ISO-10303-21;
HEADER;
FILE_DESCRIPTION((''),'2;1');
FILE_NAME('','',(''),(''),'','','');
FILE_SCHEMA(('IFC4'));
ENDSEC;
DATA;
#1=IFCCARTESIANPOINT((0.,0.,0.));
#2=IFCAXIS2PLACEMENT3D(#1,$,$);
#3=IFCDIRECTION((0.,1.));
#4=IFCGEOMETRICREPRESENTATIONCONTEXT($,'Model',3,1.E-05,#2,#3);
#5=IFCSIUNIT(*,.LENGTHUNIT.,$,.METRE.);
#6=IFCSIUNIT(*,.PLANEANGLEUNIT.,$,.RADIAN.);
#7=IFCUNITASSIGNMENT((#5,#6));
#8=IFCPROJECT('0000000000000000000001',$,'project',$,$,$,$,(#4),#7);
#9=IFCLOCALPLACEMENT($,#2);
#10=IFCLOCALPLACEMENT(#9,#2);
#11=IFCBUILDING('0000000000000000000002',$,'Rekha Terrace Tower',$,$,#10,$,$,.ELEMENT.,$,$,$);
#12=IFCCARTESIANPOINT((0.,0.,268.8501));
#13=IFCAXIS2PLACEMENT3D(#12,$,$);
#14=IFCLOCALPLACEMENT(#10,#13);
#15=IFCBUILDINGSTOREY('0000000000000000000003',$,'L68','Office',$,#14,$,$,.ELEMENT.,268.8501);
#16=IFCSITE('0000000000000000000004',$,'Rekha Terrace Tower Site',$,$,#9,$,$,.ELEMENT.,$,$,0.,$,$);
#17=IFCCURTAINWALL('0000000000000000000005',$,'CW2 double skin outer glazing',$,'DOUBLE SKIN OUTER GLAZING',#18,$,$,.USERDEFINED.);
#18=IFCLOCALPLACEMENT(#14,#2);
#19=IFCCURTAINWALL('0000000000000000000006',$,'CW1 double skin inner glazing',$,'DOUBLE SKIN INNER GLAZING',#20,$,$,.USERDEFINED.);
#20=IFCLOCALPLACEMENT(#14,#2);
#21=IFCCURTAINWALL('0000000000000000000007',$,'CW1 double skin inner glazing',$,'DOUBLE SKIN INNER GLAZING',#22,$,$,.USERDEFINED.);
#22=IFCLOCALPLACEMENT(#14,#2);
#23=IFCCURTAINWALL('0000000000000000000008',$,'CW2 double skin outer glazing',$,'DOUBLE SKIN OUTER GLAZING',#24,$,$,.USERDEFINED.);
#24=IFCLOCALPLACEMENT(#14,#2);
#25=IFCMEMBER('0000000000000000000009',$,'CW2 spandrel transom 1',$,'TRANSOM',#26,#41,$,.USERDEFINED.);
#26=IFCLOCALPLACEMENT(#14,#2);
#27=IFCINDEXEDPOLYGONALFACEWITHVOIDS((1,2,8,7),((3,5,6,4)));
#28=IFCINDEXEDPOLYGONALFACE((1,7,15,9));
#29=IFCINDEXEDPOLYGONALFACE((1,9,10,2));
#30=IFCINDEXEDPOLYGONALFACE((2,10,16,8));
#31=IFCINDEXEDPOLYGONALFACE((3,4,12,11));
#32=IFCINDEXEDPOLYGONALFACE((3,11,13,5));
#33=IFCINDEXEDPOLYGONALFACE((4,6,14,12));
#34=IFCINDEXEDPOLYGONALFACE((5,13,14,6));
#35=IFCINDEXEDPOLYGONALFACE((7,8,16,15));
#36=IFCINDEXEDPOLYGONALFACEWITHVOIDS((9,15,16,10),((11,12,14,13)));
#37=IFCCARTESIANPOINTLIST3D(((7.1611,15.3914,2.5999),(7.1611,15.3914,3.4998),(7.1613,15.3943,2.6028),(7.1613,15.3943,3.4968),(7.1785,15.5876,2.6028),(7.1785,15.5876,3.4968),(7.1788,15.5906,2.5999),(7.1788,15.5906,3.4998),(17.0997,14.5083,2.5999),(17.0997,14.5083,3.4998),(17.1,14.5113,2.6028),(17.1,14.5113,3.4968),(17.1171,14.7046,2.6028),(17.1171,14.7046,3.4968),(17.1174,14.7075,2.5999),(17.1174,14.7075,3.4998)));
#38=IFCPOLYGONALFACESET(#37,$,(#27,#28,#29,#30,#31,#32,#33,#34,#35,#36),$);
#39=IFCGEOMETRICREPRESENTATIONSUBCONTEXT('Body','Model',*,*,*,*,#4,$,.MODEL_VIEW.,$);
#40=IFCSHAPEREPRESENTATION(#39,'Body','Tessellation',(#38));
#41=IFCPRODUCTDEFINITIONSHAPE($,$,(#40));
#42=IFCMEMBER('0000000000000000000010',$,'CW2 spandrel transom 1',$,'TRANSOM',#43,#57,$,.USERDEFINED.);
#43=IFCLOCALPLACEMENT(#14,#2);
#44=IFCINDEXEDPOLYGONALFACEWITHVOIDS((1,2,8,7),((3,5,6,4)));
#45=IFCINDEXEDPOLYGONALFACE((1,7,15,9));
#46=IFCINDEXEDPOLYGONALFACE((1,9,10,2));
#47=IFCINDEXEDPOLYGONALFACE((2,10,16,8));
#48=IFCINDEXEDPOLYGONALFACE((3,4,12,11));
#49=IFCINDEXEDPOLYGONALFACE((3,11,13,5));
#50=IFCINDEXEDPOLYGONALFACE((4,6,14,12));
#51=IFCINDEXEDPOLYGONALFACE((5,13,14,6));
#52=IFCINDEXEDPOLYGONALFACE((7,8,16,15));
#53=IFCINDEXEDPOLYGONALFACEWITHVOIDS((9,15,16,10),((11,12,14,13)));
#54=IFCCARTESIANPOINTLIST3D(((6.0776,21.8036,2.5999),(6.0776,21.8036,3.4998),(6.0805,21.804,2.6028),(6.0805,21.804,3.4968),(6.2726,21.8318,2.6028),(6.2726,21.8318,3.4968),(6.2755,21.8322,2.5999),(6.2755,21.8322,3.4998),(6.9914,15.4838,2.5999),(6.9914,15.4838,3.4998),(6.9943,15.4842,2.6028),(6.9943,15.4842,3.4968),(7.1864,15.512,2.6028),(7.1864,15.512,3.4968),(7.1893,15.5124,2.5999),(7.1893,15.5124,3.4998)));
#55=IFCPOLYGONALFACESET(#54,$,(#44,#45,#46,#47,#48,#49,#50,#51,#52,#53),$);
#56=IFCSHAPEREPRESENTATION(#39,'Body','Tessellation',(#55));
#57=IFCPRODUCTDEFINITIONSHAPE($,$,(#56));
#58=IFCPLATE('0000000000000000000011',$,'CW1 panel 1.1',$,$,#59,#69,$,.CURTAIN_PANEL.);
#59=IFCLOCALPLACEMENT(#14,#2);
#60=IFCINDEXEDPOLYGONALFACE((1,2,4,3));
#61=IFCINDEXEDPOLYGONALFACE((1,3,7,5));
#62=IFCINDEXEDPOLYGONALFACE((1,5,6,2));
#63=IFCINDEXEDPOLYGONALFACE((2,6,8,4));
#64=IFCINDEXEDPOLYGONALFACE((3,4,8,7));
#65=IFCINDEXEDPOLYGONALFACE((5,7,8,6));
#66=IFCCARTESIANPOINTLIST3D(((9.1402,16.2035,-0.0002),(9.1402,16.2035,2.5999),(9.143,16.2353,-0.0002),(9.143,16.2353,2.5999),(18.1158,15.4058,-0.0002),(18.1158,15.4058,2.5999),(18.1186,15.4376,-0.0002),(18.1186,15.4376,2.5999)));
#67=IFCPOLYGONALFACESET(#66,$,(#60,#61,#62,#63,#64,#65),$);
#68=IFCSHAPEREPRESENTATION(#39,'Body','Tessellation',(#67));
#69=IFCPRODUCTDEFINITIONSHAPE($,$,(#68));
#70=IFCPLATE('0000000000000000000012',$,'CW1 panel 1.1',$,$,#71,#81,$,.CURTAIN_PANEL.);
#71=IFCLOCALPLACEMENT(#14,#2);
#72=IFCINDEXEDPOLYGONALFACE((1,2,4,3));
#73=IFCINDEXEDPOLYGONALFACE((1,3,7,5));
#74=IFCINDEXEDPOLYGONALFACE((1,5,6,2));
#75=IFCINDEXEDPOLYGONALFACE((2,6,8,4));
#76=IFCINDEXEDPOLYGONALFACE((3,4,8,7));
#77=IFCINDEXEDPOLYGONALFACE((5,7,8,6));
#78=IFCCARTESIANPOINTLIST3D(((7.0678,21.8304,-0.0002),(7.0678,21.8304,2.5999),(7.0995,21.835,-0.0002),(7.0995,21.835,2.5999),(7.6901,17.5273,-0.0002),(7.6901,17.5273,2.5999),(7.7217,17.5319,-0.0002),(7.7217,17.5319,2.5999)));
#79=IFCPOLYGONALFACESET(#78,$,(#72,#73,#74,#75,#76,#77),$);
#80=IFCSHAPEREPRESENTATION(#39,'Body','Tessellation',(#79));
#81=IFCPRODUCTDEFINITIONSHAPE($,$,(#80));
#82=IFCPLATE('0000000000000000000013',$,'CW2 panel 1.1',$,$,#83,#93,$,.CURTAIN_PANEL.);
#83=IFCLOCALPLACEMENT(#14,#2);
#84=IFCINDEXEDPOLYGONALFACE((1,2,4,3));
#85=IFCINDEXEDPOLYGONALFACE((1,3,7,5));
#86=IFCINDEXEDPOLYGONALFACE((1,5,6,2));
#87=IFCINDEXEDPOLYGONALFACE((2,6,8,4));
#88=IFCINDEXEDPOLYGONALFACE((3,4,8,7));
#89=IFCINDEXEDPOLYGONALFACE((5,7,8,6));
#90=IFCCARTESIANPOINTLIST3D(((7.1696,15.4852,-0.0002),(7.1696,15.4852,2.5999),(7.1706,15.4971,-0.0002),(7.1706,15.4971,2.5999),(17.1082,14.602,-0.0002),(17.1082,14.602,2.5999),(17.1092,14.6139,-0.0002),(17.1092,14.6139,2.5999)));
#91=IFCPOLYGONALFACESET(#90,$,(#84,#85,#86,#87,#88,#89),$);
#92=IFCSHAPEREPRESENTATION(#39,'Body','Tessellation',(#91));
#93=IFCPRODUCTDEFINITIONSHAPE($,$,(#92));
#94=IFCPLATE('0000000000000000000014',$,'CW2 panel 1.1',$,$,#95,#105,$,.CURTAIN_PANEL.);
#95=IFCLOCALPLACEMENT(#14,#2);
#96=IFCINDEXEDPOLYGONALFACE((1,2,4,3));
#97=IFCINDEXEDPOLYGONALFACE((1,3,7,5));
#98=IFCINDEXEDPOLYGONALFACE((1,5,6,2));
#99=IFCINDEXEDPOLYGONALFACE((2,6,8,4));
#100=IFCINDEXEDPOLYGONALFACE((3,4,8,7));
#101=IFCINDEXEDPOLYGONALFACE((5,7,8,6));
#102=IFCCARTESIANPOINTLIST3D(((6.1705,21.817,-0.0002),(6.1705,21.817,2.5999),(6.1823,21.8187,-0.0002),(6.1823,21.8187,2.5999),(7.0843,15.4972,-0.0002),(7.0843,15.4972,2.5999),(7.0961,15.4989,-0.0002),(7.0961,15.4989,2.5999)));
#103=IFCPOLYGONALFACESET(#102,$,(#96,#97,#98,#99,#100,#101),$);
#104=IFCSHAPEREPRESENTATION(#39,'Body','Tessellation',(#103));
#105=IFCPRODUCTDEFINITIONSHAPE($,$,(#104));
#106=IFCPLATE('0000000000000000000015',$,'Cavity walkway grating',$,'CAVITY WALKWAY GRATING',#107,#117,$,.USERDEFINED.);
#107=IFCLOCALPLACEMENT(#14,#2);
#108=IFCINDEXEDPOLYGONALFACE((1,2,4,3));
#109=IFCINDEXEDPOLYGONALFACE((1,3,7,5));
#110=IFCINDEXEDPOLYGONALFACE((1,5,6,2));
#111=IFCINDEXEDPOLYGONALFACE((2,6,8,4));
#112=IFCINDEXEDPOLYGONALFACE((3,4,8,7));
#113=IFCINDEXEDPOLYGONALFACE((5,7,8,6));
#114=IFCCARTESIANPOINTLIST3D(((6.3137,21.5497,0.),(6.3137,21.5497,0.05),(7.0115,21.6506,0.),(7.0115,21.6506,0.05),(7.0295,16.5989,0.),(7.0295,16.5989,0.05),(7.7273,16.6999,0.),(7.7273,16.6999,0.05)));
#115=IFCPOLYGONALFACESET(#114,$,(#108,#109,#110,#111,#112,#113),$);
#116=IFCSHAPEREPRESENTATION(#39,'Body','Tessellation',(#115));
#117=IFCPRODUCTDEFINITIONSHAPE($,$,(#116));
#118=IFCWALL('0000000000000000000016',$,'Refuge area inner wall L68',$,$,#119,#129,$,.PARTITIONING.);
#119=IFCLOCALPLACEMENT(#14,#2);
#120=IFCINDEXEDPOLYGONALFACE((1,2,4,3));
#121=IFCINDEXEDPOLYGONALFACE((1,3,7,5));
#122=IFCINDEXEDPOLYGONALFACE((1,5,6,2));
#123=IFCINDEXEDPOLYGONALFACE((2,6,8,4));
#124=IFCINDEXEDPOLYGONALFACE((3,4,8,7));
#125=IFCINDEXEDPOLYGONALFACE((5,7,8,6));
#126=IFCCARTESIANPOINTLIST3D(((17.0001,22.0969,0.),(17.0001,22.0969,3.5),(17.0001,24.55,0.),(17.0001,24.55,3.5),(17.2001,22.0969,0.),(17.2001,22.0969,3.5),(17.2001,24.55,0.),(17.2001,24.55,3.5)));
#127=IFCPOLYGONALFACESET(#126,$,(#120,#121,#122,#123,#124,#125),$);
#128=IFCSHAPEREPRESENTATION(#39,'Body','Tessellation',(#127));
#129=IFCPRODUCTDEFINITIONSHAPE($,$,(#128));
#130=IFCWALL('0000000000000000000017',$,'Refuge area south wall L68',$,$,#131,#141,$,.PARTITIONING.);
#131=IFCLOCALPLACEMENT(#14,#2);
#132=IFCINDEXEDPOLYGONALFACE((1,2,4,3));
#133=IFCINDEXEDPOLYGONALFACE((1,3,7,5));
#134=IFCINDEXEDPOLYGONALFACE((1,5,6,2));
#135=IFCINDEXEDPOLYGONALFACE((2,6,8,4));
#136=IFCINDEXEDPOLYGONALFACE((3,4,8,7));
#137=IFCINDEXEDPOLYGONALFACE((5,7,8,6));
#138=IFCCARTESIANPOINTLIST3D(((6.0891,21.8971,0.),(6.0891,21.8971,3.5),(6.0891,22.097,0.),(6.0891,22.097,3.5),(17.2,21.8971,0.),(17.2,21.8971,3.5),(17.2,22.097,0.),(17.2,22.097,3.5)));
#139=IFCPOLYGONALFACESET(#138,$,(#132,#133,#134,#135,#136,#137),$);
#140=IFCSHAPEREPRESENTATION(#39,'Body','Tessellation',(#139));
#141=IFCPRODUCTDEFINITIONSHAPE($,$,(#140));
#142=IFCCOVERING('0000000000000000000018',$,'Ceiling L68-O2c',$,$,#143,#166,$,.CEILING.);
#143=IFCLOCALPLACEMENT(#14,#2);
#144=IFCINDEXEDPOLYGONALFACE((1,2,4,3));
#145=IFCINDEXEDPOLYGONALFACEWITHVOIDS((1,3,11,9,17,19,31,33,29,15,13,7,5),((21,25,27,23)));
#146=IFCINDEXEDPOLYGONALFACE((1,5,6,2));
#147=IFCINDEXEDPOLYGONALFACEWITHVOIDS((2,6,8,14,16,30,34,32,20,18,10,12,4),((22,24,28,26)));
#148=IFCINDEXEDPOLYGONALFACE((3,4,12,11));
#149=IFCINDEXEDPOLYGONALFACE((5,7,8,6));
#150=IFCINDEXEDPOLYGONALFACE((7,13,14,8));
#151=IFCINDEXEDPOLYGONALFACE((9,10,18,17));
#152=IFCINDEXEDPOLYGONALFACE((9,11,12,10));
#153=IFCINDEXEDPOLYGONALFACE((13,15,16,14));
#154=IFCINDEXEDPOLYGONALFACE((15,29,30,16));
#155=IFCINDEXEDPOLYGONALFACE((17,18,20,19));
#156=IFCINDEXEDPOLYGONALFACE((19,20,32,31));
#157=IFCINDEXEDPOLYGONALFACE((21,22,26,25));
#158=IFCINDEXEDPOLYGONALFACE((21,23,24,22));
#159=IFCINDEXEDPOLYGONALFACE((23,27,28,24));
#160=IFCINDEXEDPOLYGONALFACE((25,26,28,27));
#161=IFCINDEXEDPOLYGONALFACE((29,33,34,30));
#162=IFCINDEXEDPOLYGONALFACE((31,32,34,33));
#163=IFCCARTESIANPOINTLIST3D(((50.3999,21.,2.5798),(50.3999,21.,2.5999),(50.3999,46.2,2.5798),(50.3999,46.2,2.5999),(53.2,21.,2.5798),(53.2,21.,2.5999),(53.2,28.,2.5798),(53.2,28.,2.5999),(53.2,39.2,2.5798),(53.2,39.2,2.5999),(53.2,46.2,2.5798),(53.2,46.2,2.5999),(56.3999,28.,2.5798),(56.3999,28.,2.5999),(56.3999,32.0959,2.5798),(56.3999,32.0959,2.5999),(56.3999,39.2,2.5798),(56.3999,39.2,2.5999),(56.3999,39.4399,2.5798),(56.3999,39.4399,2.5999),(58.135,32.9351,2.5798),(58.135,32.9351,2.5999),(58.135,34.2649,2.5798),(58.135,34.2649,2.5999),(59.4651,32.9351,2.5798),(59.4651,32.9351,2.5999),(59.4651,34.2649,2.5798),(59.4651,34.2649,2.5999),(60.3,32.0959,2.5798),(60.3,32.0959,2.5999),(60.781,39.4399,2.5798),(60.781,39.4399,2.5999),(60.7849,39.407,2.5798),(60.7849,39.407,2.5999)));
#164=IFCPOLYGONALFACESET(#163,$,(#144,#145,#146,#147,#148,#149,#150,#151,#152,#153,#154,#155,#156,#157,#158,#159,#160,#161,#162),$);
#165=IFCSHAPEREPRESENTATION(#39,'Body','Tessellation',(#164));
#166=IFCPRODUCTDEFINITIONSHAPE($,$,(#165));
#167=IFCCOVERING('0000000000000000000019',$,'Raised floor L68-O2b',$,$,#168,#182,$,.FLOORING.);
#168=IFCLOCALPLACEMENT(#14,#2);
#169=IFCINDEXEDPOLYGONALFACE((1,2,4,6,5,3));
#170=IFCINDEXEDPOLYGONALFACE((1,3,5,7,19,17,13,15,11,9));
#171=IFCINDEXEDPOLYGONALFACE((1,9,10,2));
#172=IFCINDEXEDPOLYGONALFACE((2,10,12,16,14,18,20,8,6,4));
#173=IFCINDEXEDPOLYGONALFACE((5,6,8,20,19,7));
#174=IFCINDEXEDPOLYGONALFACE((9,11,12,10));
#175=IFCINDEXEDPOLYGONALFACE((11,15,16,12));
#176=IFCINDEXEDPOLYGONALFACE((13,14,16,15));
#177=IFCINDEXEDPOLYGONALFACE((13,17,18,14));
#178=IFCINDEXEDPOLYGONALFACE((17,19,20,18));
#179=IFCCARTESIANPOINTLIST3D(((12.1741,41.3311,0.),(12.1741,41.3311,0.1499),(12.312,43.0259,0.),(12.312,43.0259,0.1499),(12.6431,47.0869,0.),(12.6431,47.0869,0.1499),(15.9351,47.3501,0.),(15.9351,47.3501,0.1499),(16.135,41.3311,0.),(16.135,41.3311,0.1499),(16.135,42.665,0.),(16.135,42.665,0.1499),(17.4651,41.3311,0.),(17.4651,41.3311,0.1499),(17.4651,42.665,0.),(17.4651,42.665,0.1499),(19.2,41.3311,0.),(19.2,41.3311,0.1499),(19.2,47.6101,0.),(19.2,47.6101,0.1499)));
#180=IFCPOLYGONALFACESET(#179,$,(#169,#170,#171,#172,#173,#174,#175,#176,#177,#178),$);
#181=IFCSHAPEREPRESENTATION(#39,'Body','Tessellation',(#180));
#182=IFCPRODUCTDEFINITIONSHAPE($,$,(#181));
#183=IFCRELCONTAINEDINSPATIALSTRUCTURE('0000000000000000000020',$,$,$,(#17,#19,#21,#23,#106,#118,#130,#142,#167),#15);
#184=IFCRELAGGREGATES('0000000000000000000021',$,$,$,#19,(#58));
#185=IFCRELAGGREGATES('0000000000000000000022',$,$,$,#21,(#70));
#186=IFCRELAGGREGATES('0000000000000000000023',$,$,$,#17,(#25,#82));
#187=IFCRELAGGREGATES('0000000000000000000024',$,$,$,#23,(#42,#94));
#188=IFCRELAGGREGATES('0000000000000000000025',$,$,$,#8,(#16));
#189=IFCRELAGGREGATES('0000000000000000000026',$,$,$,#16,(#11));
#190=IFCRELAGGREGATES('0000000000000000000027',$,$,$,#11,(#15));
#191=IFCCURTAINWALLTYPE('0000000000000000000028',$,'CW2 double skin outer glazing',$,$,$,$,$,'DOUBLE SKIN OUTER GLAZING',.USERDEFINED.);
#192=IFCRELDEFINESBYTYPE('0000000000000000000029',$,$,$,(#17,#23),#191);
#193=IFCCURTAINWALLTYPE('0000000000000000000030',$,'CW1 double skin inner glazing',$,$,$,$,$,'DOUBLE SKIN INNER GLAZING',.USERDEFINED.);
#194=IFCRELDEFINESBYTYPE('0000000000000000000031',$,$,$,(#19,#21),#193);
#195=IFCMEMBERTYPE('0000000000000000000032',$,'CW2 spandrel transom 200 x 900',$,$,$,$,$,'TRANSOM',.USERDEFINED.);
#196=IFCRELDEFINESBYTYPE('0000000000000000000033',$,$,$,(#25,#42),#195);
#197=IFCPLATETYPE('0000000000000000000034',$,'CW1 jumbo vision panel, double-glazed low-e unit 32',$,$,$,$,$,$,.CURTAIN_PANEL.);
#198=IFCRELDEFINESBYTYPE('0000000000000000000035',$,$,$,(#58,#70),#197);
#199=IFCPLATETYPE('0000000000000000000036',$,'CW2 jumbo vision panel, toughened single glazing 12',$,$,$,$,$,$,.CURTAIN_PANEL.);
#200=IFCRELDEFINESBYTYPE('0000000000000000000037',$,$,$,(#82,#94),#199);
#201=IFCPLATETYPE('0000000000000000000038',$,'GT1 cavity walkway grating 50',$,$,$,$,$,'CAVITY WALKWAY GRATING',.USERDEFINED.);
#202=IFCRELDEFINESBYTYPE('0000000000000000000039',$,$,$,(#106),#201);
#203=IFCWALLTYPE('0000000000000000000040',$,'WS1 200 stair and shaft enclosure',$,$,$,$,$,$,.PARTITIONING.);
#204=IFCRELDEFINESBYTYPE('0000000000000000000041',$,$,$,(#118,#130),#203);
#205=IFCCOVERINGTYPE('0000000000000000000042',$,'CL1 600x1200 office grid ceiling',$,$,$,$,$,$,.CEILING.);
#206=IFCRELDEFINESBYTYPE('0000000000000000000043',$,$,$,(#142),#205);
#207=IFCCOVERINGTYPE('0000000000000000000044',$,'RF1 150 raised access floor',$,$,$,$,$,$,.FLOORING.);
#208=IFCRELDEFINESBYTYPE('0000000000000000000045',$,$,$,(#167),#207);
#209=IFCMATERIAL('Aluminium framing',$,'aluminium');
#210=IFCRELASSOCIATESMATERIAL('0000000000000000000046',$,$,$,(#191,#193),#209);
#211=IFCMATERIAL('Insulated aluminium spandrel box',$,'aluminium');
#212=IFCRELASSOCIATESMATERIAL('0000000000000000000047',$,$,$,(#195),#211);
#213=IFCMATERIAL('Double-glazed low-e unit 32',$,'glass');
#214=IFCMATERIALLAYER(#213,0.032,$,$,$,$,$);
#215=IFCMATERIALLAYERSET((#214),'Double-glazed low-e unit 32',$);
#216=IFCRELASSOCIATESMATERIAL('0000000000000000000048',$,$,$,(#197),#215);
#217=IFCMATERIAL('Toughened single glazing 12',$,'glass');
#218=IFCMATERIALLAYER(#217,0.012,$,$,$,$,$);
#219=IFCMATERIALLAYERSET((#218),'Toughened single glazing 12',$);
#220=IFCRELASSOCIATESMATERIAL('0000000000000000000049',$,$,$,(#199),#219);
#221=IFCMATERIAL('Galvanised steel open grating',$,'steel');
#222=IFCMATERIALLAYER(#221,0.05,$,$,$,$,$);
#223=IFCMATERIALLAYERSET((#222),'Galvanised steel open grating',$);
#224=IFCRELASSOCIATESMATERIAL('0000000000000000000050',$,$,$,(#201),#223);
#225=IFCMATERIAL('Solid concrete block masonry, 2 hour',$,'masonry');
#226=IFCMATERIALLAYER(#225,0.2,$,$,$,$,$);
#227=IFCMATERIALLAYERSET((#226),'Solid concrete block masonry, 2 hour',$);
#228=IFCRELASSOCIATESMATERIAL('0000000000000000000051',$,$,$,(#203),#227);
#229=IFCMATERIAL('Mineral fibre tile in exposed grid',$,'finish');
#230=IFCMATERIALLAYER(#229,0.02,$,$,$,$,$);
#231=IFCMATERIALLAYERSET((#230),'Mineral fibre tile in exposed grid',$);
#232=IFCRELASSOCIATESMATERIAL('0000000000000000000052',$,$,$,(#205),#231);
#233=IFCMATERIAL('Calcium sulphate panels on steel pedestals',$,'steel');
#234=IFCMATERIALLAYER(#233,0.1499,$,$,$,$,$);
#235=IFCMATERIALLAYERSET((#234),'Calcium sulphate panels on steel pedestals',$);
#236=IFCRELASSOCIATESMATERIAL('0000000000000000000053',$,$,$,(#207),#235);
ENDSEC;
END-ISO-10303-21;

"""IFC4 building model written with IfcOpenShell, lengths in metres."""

from ifc_helpers import new_model, si_unit, direction, frame, frame_2d, origin, origin_2d, place, context, subcontext, project, spatial, polyline, rectangle, hollow_rectangle, outline, extrude, material, layer, layer_set, material_profile, profile_set, type_object, element, aggregate, save


model = new_model("IFC4")

# Units and contexts
model_context = context("Model", 3, precision=1e-05, world=origin(), true_north=direction((0.0, 1.0)))
body_context = subcontext(model_context, "Body", "Model", "MODEL_VIEW")
ifc_project = project(units=[si_unit("LENGTHUNIT", "METRE"), si_unit("PLANEANGLEUNIT", "RADIAN")], contexts=[model_context])

# Site, building, storey
site_placement = place(None, origin())
site = spatial("IfcSite", under=ifc_project, at=site_placement, Name="Rekha Terrace Tower Site", CompositionType="ELEMENT", RefElevation=0.0)
building_placement = place(site_placement, origin())
building = spatial("IfcBuilding", under=site, at=building_placement, Name="Rekha Terrace Tower", CompositionType="ELEMENT")
storey_placement = place(building_placement, frame((0.0, 0.0, 268.8501)))
storey = spatial("IfcBuildingStorey", under=building, at=storey_placement, Name="L68", Description="Office", CompositionType="ELEMENT", Elevation=268.8501)

# Curtain walls
ifc_material_1 = material(Name="Aluminium framing", Category="aluminium")
curtain_wall_type_1 = type_object("IfcCurtainWallType", Name="CW2 double skin outer glazing", ElementType="DOUBLE SKIN OUTER GLAZING", PredefinedType="USERDEFINED", material=ifc_material_1)
curtain_wall_1_placement = place(storey_placement, origin())
curtain_wall_1 = element("IfcCurtainWall", 1, at=curtain_wall_1_placement, inside=storey, type_object=curtain_wall_type_1, Name="CW2 double skin outer glazing", ObjectType="DOUBLE SKIN OUTER GLAZING", PredefinedType="USERDEFINED")
curtain_wall_type_2 = type_object("IfcCurtainWallType", Name="CW1 double skin inner glazing", ElementType="DOUBLE SKIN INNER GLAZING", PredefinedType="USERDEFINED", material=ifc_material_1)
curtain_wall_2_placement = place(storey_placement, origin())
curtain_wall_2 = element("IfcCurtainWall", 2, at=curtain_wall_2_placement, inside=storey, type_object=curtain_wall_type_2, Name="CW1 double skin inner glazing", ObjectType="DOUBLE SKIN INNER GLAZING", PredefinedType="USERDEFINED")

# Curtain wall
curtain_wall_3_placement = place(storey_placement, origin())
curtain_wall_3 = element("IfcCurtainWall", 3, at=curtain_wall_3_placement, inside=storey, type_object=curtain_wall_type_2, Name="CW1 double skin inner glazing", ObjectType="DOUBLE SKIN INNER GLAZING", PredefinedType="USERDEFINED")

# Shared definitions
ifc_material_2 = material(Name="Insulated aluminium spandrel box", Category="aluminium")

# Curtain wall
curtain_wall_4_placement = place(storey_placement, origin())
curtain_wall_4 = element("IfcCurtainWall", 4, at=curtain_wall_4_placement, inside=storey, type_object=curtain_wall_type_1, Name="CW2 double skin outer glazing", ObjectType="DOUBLE SKIN OUTER GLAZING", PredefinedType="USERDEFINED")

# Members
ifc_material_profile_1 = material_profile(ifc_material_2, hollow_rectangle(XDim=0.2, YDim=0.8999, WallThickness=0.0029, at=origin_2d()), Name="AL SPANDREL BOX 200x900")
ifc_profile_set_1 = profile_set([ifc_material_profile_1], Name="Insulated aluminium spandrel box")
member_type_1 = type_object("IfcMemberType", Name="CW2 spandrel transom 200 x 900", ElementType="TRANSOM", PredefinedType="USERDEFINED", material=ifc_profile_set_1)
member_1_placement = place(storey_placement, frame((7.1699, 15.491, 3.0498), z_axis=(0.996076, -0.088501, 0.0), x_axis=(0.088501, 0.996076, 0.0)))
member_1 = element("IfcMember", 5, at=member_1_placement, type_object=member_type_1, Name="CW2 spandrel transom 1", ObjectType="TRANSOM", PredefinedType="USERDEFINED", context=body_context, shape_type="SweptSolid", body=[
    extrude(hollow_rectangle(XDim=0.2, YDim=0.8999, WallThickness=0.0029, at=origin_2d()), origin(), (0.0, 0.0, 1.0), 9.9778),
])
member_2_placement = place(storey_placement, frame((6.1765, 21.8179, 3.0498), z_axis=(0.143107, -0.989707, 0.0), x_axis=(0.989707, 0.143107, 0.0)))
member_2 = element("IfcMember", 6, at=member_2_placement, type_object=member_type_1, Name="CW2 spandrel transom 1", ObjectType="TRANSOM", PredefinedType="USERDEFINED", context=body_context, shape_type="SweptSolid", body=[
    extrude(hollow_rectangle(XDim=0.2, YDim=0.8999, WallThickness=0.0029, at=origin_2d()), origin(), (0.0, 0.0, 1.0), 6.3855),
])

# Plates
ifc_material_3 = material(Name="Double-glazed low-e unit 32", Category="glass")
ifc_layer_1 = layer(ifc_material_3, 0.032)
ifc_layer_set_1 = layer_set([ifc_layer_1], Name="Double-glazed low-e unit 32")
plate_type_1 = type_object("IfcPlateType", Name="CW1 jumbo vision panel, double-glazed low-e unit 32", PredefinedType="CURTAIN_PANEL", material=ifc_layer_set_1)
plate_1_placement = place(storey_placement, frame((13.6294, 15.8206, -0.0002), z_axis=(0.0, 0.0, 1.0), x_axis=(0.996074, -0.088522, 0.0)))
plate_1 = element("IfcPlate", 7, at=plate_1_placement, type_object=plate_type_1, Name="CW1 panel 1.1", PredefinedType="CURTAIN_PANEL", context=body_context, shape_type="SweptSolid", body=[
    extrude(rectangle(XDim=9.011, YDim=0.032, at=origin_2d()), origin(), (0.0, 0.0, 1.0), 2.6001),
])
aggregate(curtain_wall_2, [plate_1])
plate_2_placement = place(storey_placement, frame((7.3948, 19.6812, -0.0002), z_axis=(0.0, 0.0, 1.0), x_axis=(0.143108, -0.989707, 0.0)))
plate_2 = element("IfcPlate", 8, at=plate_2_placement, type_object=plate_type_1, Name="CW1 panel 1.1", PredefinedType="CURTAIN_PANEL", context=body_context, shape_type="SweptSolid", body=[
    extrude(rectangle(XDim=4.3479, YDim=0.032, at=origin_2d()), origin(), (0.0, 0.0, 1.0), 2.6001),
])
aggregate(curtain_wall_3, [plate_2])
ifc_material_4 = material(Name="Toughened single glazing 12", Category="glass")
ifc_layer_2 = layer(ifc_material_4, 0.012)
ifc_layer_set_2 = layer_set([ifc_layer_2], Name="Toughened single glazing 12")
plate_type_2 = type_object("IfcPlateType", Name="CW2 jumbo vision panel, toughened single glazing 12", PredefinedType="CURTAIN_PANEL", material=ifc_layer_set_2)
plate_3_placement = place(storey_placement, frame((12.1394, 15.0496, -0.0002), z_axis=(0.0, 0.0, 1.0), x_axis=(0.996074, -0.088522, 0.0)))
plate_3 = element("IfcPlate", 9, at=plate_3_placement, type_object=plate_type_2, Name="CW2 panel 1.1", PredefinedType="CURTAIN_PANEL", context=body_context, shape_type="SweptSolid", body=[
    extrude(rectangle(XDim=9.9778, YDim=0.012, at=origin_2d()), origin(), (0.0, 0.0, 1.0), 2.6001),
])
aggregate(curtain_wall_1, [member_1, plate_3])
plate_4_placement = place(storey_placement, frame((6.6333, 18.658, -0.0002), z_axis=(0.0, 0.0, 1.0), x_axis=(0.143108, -0.989707, 0.0)))
plate_4 = element("IfcPlate", 10, at=plate_4_placement, type_object=plate_type_2, Name="CW2 panel 1.1", PredefinedType="CURTAIN_PANEL", context=body_context, shape_type="SweptSolid", body=[
    extrude(rectangle(XDim=6.3855, YDim=0.012, at=origin_2d()), origin(), (0.0, 0.0, 1.0), 2.6001),
])
aggregate(curtain_wall_4, [member_2, plate_4])
ifc_material_5 = material(Name="Galvanised steel open grating", Category="steel")
ifc_layer_3 = layer(ifc_material_5, 0.05)
ifc_layer_set_3 = layer_set([ifc_layer_3], Name="Galvanised steel open grating")
plate_type_3 = type_object("IfcPlateType", Name="GT1 cavity walkway grating 50", ElementType="CAVITY WALKWAY GRATING", PredefinedType="USERDEFINED", material=ifc_layer_set_3)
plate_5_placement = place(storey_placement, frame((7.0205, 19.1248, 0.0), z_axis=(0.0, 0.0, 1.0), x_axis=(0.143108, -0.989707, 0.0)))
element("IfcPlate", 11, at=plate_5_placement, inside=storey, type_object=plate_type_3, Name="Cavity walkway grating", ObjectType="CAVITY WALKWAY GRATING", PredefinedType="USERDEFINED", context=body_context, shape_type="SweptSolid", body=[
    extrude(rectangle(XDim=5.0022, YDim=0.7051, at=origin_2d()), origin(), (0.0, 0.0, 1.0), 0.05),
])

# Walls
ifc_material_6 = material(Name="Solid concrete block masonry, 2 hour", Category="masonry")
ifc_layer_4 = layer(ifc_material_6, 0.2)
ifc_layer_set_4 = layer_set([ifc_layer_4], Name="Solid concrete block masonry, 2 hour")
wall_type = type_object("IfcWallType", Name="WS1 200 stair and shaft enclosure", PredefinedType="PARTITIONING", material=ifc_layer_set_4)
wall_1_placement = place(storey_placement, frame((17.1001, 22.0969, 0.0), z_axis=(0.0, 0.0, 1.0), x_axis=(0.0, 1.0, 0.0)))
element("IfcWall", 12, at=wall_1_placement, inside=storey, type_object=wall_type, Name="Refuge area inner wall L68", PredefinedType="PARTITIONING", context=body_context, shape_type="SweptSolid", body=[
    extrude(rectangle(XDim=2.4531, YDim=0.2, at=frame_2d((1.2266, 0.0))), origin(), (0.0, 0.0, 1.0), 3.5),
])
wall_2_placement = place(storey_placement, frame((6.0891, 21.9971, 0.0), z_axis=(0.0, 0.0, 1.0), x_axis=(1.0, 0.0, 0.0)))
element("IfcWall", 13, at=wall_2_placement, inside=storey, type_object=wall_type, Name="Refuge area south wall L68", PredefinedType="PARTITIONING", context=body_context, shape_type="SweptSolid", body=[
    extrude(rectangle(XDim=11.1108, YDim=0.2, at=frame_2d((5.5554, 0.0))), origin(), (0.0, 0.0, 1.0), 3.5),
])

# Covering
ifc_material_7 = material(Name="Mineral fibre tile in exposed grid", Category="finish")
ifc_layer_5 = layer(ifc_material_7, 0.02)
ifc_layer_set_5 = layer_set([ifc_layer_5], Name="Mineral fibre tile in exposed grid")
covering_type_1 = type_object("IfcCoveringType", Name="CL1 600x1200 office grid ceiling", PredefinedType="CEILING", material=ifc_layer_set_5)
covering_1_placement = place(storey_placement, frame((0.0, 0.0, 2.5798)))
element("IfcCovering", 14, at=covering_1_placement, inside=storey, type_object=covering_type_1, Name="Ceiling L68-O2c", PredefinedType="CEILING", context=body_context, shape_type="SweptSolid", body=[
    extrude(outline(polyline([(56.3999, 32.0959), (60.3, 32.0959), (60.7849, 39.407), (60.781, 39.4399), (56.3999, 39.4399), (56.3999, 39.2), (53.2, 39.2), (53.2, 46.2), (50.3999, 46.2), (50.3999, 21.0), (53.2, 21.0), (53.2, 28.0), (56.3999, 28.0), (56.3999, 32.0959)]), holes=[polyline([(59.4651, 34.2649), (59.4651, 32.9351), (58.135, 32.9351), (58.135, 34.2649), (59.4651, 34.2649)])]), origin(), (0.0, 0.0, 1.0), 0.02),
])

# Covering
ifc_material_8 = material(Name="Calcium sulphate panels on steel pedestals", Category="steel")
ifc_layer_6 = layer(ifc_material_8, 0.1499)
ifc_layer_set_6 = layer_set([ifc_layer_6], Name="Calcium sulphate panels on steel pedestals")
covering_type_2 = type_object("IfcCoveringType", Name="RF1 150 raised access floor", PredefinedType="FLOORING", material=ifc_layer_set_6)
covering_2_placement = place(storey_placement, origin())
element("IfcCovering", 15, at=covering_2_placement, inside=storey, type_object=covering_type_2, Name="Raised floor L68-O2b", PredefinedType="FLOORING", context=body_context, shape_type="SweptSolid", body=[
    extrude(outline(polyline([(12.6431, 47.0869), (12.312, 43.0259), (12.1741, 41.3311), (16.135, 41.3311), (16.135, 42.665), (17.4651, 42.665), (17.4651, 41.3311), (19.2, 41.3311), (19.2, 47.6101), (15.9351, 47.3501), (12.6431, 47.0869)])), origin(), (0.0, 0.0, 1.0), 0.1499),
])

save(model, "model.ifc")
